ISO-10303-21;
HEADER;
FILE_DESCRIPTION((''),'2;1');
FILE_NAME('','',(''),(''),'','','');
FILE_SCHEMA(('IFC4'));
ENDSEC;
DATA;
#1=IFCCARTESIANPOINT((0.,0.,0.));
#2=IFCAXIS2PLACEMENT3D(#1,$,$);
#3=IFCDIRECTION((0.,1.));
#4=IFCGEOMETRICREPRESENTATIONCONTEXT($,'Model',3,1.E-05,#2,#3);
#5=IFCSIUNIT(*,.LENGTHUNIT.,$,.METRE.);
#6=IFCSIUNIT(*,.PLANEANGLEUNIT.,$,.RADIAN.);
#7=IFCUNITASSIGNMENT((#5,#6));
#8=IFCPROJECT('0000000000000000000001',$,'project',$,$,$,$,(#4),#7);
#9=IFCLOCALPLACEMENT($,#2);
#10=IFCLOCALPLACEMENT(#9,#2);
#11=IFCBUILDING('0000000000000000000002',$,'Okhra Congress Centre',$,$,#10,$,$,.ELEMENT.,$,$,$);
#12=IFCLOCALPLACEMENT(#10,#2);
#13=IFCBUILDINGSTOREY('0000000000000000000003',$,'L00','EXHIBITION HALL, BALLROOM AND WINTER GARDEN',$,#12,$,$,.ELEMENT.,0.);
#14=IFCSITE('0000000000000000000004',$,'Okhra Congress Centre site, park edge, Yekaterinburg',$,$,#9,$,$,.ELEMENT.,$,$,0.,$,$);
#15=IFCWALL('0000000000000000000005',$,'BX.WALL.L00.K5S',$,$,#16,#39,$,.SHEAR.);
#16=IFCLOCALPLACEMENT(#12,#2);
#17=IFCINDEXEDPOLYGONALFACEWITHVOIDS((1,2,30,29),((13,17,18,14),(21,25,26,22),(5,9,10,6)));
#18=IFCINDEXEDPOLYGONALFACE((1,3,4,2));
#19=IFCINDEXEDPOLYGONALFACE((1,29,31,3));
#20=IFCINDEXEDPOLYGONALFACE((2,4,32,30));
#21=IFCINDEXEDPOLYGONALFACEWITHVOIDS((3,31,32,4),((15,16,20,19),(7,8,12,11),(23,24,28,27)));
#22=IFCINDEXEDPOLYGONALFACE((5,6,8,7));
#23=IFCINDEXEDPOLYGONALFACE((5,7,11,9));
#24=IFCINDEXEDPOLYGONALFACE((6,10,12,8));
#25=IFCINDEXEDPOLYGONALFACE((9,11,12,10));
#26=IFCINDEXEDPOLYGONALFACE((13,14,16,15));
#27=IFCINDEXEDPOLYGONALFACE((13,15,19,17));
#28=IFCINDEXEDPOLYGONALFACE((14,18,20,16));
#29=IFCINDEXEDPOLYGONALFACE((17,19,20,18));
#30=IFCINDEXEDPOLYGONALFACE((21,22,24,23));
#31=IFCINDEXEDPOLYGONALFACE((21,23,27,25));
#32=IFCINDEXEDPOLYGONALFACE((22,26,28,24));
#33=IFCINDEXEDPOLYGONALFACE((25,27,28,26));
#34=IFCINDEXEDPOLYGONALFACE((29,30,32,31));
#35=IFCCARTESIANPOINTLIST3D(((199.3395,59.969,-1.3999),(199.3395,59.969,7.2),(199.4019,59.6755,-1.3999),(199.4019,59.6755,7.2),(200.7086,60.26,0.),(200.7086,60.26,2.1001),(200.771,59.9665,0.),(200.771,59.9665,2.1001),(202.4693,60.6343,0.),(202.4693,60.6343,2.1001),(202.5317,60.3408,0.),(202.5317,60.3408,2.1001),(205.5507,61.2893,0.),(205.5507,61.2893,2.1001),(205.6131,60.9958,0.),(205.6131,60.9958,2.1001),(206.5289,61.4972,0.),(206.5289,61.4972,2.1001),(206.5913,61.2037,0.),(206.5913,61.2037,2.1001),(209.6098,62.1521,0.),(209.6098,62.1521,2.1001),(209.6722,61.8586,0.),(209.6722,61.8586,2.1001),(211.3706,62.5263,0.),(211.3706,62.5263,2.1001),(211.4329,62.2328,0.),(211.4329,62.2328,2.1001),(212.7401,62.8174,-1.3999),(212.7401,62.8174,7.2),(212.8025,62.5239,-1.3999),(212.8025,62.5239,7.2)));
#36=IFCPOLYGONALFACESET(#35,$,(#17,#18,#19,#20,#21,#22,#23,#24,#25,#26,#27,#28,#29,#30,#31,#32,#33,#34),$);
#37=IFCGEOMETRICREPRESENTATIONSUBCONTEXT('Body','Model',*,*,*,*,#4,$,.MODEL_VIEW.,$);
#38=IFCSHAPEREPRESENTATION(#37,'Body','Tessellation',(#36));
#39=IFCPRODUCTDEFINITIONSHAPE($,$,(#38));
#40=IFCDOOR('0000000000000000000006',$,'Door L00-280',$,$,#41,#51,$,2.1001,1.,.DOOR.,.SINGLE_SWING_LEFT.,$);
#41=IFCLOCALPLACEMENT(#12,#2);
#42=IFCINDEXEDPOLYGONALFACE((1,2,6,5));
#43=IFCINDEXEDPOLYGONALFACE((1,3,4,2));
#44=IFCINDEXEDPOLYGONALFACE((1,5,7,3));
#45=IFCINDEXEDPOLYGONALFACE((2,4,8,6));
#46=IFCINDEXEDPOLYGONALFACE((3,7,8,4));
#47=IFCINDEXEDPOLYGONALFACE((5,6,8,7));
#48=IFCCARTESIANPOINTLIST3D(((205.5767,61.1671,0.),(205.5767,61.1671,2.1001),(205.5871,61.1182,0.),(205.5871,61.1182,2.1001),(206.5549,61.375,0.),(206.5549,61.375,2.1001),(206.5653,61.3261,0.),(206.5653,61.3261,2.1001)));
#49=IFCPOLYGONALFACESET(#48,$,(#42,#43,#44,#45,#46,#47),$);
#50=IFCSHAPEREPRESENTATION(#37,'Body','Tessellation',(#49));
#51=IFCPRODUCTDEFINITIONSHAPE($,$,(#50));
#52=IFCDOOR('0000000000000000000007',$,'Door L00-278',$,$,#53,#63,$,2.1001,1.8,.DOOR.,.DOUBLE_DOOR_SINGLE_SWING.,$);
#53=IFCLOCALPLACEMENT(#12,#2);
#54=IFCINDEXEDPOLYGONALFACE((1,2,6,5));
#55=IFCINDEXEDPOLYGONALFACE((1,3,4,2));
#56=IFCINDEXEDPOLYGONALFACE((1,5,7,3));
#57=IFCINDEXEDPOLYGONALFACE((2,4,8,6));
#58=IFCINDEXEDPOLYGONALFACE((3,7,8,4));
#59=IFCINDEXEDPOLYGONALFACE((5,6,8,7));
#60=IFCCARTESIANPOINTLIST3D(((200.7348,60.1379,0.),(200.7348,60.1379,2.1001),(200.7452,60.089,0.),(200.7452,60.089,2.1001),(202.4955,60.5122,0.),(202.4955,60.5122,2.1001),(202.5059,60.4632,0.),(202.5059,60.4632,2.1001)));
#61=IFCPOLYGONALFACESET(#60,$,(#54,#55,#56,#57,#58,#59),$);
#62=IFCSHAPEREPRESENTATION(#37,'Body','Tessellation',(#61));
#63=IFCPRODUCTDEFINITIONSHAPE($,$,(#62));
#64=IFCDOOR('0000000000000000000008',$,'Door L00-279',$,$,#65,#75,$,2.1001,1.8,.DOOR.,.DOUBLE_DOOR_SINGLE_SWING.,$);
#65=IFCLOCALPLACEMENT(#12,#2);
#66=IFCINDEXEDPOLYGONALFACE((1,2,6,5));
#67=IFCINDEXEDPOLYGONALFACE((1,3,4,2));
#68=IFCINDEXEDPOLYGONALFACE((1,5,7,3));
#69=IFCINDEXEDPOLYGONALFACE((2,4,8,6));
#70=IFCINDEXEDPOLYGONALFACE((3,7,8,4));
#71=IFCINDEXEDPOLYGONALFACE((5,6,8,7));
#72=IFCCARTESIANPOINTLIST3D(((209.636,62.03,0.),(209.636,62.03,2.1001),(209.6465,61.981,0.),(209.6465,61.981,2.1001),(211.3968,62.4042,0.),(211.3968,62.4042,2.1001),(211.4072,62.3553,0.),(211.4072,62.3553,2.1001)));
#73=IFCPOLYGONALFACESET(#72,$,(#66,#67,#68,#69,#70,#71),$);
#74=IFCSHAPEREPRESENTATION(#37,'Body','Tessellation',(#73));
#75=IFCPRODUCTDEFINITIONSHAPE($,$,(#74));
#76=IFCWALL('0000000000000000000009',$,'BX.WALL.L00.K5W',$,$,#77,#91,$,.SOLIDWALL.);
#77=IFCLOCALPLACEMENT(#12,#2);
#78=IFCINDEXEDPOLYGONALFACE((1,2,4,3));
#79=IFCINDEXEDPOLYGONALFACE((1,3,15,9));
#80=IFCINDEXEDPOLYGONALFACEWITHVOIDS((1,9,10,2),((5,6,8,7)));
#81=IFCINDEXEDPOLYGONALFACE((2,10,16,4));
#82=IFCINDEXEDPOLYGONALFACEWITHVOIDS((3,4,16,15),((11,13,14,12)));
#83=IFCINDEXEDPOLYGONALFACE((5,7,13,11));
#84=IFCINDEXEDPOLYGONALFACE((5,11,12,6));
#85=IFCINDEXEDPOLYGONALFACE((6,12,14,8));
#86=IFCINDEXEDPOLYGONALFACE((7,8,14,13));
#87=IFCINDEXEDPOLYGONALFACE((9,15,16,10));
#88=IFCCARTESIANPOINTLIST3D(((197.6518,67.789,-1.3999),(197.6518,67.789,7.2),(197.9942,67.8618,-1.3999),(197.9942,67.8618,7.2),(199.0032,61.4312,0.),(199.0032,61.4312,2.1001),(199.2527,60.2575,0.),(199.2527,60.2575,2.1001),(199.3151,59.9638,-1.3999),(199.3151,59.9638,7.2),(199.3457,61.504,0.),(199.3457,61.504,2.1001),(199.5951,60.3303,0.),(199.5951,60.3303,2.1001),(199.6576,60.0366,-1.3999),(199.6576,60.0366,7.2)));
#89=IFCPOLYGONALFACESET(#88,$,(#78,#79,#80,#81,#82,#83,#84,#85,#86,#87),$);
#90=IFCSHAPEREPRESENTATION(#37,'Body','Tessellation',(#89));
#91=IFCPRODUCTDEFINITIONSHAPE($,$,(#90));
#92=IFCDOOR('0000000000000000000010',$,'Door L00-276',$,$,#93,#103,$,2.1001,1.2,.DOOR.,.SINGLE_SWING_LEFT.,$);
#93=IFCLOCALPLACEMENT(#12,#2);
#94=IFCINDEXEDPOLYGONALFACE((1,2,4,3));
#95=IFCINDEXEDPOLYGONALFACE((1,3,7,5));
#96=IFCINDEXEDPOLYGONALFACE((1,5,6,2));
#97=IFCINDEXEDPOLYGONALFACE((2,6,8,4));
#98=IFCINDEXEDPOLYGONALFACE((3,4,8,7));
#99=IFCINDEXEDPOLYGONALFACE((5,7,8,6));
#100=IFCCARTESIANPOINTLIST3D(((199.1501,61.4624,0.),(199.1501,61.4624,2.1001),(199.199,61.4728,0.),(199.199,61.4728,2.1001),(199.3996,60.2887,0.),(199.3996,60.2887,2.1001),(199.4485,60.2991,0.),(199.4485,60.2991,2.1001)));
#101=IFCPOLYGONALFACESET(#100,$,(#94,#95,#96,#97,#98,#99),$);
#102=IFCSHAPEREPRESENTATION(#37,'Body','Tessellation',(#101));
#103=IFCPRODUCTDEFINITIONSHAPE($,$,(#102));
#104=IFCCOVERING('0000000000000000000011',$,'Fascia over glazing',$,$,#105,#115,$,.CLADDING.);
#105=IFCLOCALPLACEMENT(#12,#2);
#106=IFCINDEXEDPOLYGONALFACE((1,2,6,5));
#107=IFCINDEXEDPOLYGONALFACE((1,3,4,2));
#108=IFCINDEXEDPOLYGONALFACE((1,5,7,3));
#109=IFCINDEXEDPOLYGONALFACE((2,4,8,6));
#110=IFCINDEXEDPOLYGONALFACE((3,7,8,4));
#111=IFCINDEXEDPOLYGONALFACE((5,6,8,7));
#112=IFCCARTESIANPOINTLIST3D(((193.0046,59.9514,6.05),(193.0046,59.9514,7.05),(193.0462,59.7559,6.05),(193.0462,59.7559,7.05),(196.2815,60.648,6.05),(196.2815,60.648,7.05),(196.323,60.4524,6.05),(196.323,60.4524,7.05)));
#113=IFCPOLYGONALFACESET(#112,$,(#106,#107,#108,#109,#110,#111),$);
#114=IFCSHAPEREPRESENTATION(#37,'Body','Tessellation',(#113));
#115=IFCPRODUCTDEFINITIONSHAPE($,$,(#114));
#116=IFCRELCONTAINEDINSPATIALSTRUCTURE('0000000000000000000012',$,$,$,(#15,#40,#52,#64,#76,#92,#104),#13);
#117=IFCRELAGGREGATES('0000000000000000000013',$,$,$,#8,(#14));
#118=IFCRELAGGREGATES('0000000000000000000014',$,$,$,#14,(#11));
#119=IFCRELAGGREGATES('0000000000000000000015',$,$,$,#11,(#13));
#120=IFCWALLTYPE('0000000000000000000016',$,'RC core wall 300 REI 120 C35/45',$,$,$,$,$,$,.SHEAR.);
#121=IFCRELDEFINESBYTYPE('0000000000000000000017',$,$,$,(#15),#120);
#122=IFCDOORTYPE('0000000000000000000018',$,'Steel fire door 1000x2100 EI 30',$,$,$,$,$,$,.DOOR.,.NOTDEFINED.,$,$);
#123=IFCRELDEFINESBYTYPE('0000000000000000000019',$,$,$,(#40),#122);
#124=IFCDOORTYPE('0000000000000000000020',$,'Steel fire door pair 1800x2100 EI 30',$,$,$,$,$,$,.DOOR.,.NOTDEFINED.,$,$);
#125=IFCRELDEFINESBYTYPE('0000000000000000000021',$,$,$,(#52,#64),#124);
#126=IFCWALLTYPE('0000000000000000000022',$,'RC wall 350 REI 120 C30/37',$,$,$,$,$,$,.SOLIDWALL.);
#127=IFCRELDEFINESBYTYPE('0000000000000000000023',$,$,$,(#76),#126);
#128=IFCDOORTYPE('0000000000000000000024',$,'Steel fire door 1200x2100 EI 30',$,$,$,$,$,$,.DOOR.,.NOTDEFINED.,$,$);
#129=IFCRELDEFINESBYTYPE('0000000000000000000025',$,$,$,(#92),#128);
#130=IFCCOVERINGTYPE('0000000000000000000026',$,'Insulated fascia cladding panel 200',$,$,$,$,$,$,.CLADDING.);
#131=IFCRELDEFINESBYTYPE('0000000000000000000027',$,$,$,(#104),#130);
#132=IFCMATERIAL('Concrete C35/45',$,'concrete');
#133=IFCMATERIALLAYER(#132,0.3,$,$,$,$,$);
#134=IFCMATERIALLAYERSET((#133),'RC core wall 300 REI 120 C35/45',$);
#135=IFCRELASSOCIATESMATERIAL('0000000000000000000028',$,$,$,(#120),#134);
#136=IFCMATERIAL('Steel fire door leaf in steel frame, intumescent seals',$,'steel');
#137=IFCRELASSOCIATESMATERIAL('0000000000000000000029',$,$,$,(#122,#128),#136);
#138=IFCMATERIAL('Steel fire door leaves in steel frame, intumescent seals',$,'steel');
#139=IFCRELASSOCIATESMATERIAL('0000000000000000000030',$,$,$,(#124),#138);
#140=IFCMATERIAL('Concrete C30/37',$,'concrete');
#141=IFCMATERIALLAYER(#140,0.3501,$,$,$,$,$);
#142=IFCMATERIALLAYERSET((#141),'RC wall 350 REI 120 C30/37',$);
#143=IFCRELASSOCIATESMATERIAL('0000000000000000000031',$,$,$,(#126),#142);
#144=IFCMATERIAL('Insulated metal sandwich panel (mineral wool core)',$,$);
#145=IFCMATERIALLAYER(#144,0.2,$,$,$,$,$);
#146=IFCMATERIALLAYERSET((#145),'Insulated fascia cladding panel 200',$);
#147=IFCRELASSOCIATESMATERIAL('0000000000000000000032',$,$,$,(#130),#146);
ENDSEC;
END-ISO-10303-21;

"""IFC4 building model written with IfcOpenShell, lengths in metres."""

from ifc_helpers import new_model, si_unit, direction, frame, frame_2d, origin, origin_2d, place, context, subcontext, project, spatial, rectangle, extrude, material, layer, layer_set, type_object, element, fill, save


model = new_model("IFC4")

# Units and contexts
model_context = context("Model", 3, precision=1e-05, world=origin(), true_north=direction((0.0, 1.0)))
body_context = subcontext(model_context, "Body", "Model", "MODEL_VIEW")
ifc_project = project(units=[si_unit("LENGTHUNIT", "METRE"), si_unit("PLANEANGLEUNIT", "RADIAN")], contexts=[model_context])

# Site, building, storey
site_placement = place(None, origin())
site = spatial("IfcSite", under=ifc_project, at=site_placement, Name="Okhra Congress Centre site, park edge, Yekaterinburg", CompositionType="ELEMENT", RefElevation=0.0)
building_placement = place(site_placement, origin())
building = spatial("IfcBuilding", under=site, at=building_placement, Name="Okhra Congress Centre", CompositionType="ELEMENT")
storey_placement = place(building_placement, origin())
storey = spatial("IfcBuildingStorey", under=building, at=storey_placement, Name="L00", Description="EXHIBITION HALL, BALLROOM AND WINTER GARDEN", CompositionType="ELEMENT", Elevation=0.0)

# Shared definitions
ifc_material_1 = material(Name="Concrete C30/37", Category="concrete")

# Wall, openings, doors
ifc_material_2 = material(Name="Concrete C35/45", Category="concrete")
ifc_layer_1 = layer(ifc_material_2, 0.3)
ifc_layer_set_1 = layer_set([ifc_layer_1], Name="RC core wall 300 REI 120 C35/45")
wall_type_1 = type_object("IfcWallType", Name="RC core wall 300 REI 120 C35/45", PredefinedType="SHEAR", material=ifc_layer_set_1)
wall_1_placement = place(storey_placement, frame((199.3706, 59.8223, -1.3999), z_axis=(0.0, 0.0, 1.0), x_axis=(0.978148, 0.207911, 0.0)))
wall_1 = element("IfcWall", 1, at=wall_1_placement, inside=storey, type_object=wall_type_1, Name="BX.WALL.L00.K5S", PredefinedType="SHEAR", context=body_context, shape_type="SweptSolid", body=[
    extrude(rectangle(XDim=13.7, YDim=0.3, at=frame_2d((6.8501, 0.0))), origin(), (0.0, 0.0, 1.0), 8.5999),
])
opening_1_placement = place(wall_1_placement, frame((1.3999, 0.0, 1.3999)))
opening_1 = element("IfcOpeningElement", 2, at=opening_1_placement, cuts=wall_1, PredefinedType="OPENING", context=body_context, shape_type="SweptSolid", body=[
    extrude(rectangle(XDim=1.8, YDim=2.1001, at=frame_2d((0.8999, 1.05))), frame((0.0, 0.1599, 0.0), z_axis=(0.0, -1.0, 0.0), x_axis=(1.0, 0.0, 0.0)), (0.0, 0.0, 1.0), 0.3201),
])
opening_2_placement = place(wall_1_placement, frame((10.5, 0.0, 1.3999)))
opening_2 = element("IfcOpeningElement", 3, at=opening_2_placement, cuts=wall_1, PredefinedType="OPENING", context=body_context, shape_type="SweptSolid", body=[
    extrude(rectangle(XDim=1.8, YDim=2.1001, at=frame_2d((0.8999, 1.05))), frame((0.0, 0.1599, 0.0), z_axis=(0.0, -1.0, 0.0), x_axis=(1.0, 0.0, 0.0)), (0.0, 0.0, 1.0), 0.3201),
])
opening_3_placement = place(wall_1_placement, frame((6.3501, 0.0, 1.3999)))
opening_3 = element("IfcOpeningElement", 4, at=opening_3_placement, cuts=wall_1, PredefinedType="OPENING", context=body_context, shape_type="SweptSolid", body=[
    extrude(rectangle(XDim=1.0, YDim=2.1001, at=frame_2d((0.5, 1.05))), frame((0.0, 0.1599, 0.0), z_axis=(0.0, -1.0, 0.0), x_axis=(1.0, 0.0, 0.0)), (0.0, 0.0, 1.0), 0.3201),
])
ifc_material_3 = material(Name="Steel fire door leaf in steel frame, intumescent seals", Category="steel")
door_type_1 = type_object("IfcDoorType", Name="Steel fire door 1000x2100 EI 30", OperationType="NOTDEFINED", PredefinedType="DOOR", material=ifc_material_3)
door_1_placement = place(opening_3_placement, frame((1.0, 0.0, 0.0), z_axis=(0.0, 0.0, 1.0), x_axis=(-1.0, 0.0, 0.0)))
door_1 = element("IfcDoor", 5, at=door_1_placement, inside=storey, type_object=door_type_1, Name="Door L00-280", OperationType="SINGLE_SWING_LEFT", OverallHeight=2.1001, OverallWidth=1.0, PredefinedType="DOOR", context=body_context, shape_type="SweptSolid", body=[
    extrude(rectangle(XDim=1.0, YDim=2.1001, at=frame_2d((0.5, 1.05))), frame((0.0, 0.0249, 0.0), z_axis=(0.0, -1.0, 0.0), x_axis=(1.0, 0.0, 0.0)), (0.0, 0.0, 1.0), 0.05),
])
fill(opening_3, door_1)
ifc_material_4 = material(Name="Steel fire door leaves in steel frame, intumescent seals", Category="steel")
door_type_2 = type_object("IfcDoorType", Name="Steel fire door pair 1800x2100 EI 30", OperationType="NOTDEFINED", PredefinedType="DOOR", material=ifc_material_4)
door_2_placement = place(opening_1_placement, frame((1.8, 0.0, 0.0), z_axis=(0.0, 0.0, 1.0), x_axis=(-1.0, 0.0, 0.0)))
door_2 = element("IfcDoor", 6, at=door_2_placement, inside=storey, type_object=door_type_2, Name="Door L00-278", OperationType="DOUBLE_DOOR_SINGLE_SWING", OverallHeight=2.1001, OverallWidth=1.8, PredefinedType="DOOR", context=body_context, shape_type="SweptSolid", body=[
    extrude(rectangle(XDim=1.8, YDim=2.1001, at=frame_2d((0.8999, 1.05))), frame((0.0, 0.0249, 0.0), z_axis=(0.0, -1.0, 0.0), x_axis=(1.0, 0.0, 0.0)), (0.0, 0.0, 1.0), 0.05),
])
fill(opening_1, door_2)
door_3_placement = place(opening_2_placement, frame((1.8, 0.0, 0.0), z_axis=(0.0, 0.0, 1.0), x_axis=(-1.0, 0.0, 0.0)))
door_3 = element("IfcDoor", 7, at=door_3_placement, inside=storey, type_object=door_type_2, Name="Door L00-279", OperationType="DOUBLE_DOOR_SINGLE_SWING", OverallHeight=2.1001, OverallWidth=1.8, PredefinedType="DOOR", context=body_context, shape_type="SweptSolid", body=[
    extrude(rectangle(XDim=1.8, YDim=2.1001, at=frame_2d((0.8999, 1.05))), frame((0.0, 0.0249, 0.0), z_axis=(0.0, -1.0, 0.0), x_axis=(1.0, 0.0, 0.0)), (0.0, 0.0, 1.0), 0.05),
])
fill(opening_2, door_3)

# Wall, opening, door
ifc_layer_2 = layer(ifc_material_1, 0.3501)
ifc_layer_set_2 = layer_set([ifc_layer_2], Name="RC wall 350 REI 120 C30/37")
wall_type_2 = type_object("IfcWallType", Name="RC wall 350 REI 120 C30/37", PredefinedType="SOLIDWALL", material=ifc_layer_set_2)
wall_2_placement = place(storey_placement, frame((199.4863, 60.0002, -1.3999), z_axis=(0.0, 0.0, 1.0), x_axis=(-0.207916, 0.978147, 0.0)))
wall_2 = element("IfcWall", 8, at=wall_2_placement, inside=storey, type_object=wall_type_2, Name="BX.WALL.L00.K5W", PredefinedType="SOLIDWALL", context=body_context, shape_type="SweptSolid", body=[
    extrude(rectangle(XDim=8.0, YDim=0.3501, at=frame_2d((4.0, 0.0))), origin(), (0.0, 0.0, 1.0), 8.5999),
])
opening_4_placement = place(wall_2_placement, frame((0.3, 0.0, 1.3999)))
opening_4 = element("IfcOpeningElement", 9, at=opening_4_placement, cuts=wall_2, PredefinedType="OPENING", context=body_context, shape_type="SweptSolid", body=[
    extrude(rectangle(XDim=1.2, YDim=2.1001, at=frame_2d((0.6001, 1.05))), frame((0.0, 0.1851, 0.0), z_axis=(0.0, -1.0, 0.0), x_axis=(1.0, 0.0, 0.0)), (0.0, 0.0, 1.0), 0.3701),
])
door_type_3 = type_object("IfcDoorType", Name="Steel fire door 1200x2100 EI 30", OperationType="NOTDEFINED", PredefinedType="DOOR", material=ifc_material_3)
door_4_placement = place(opening_4_placement, origin())
door_4 = element("IfcDoor", 10, at=door_4_placement, inside=storey, type_object=door_type_3, Name="Door L00-276", OperationType="SINGLE_SWING_LEFT", OverallHeight=2.1001, OverallWidth=1.2, PredefinedType="DOOR", context=body_context, shape_type="SweptSolid", body=[
    extrude(rectangle(XDim=1.2, YDim=2.1001, at=frame_2d((0.6001, 1.05))), frame((0.0, 0.0249, 0.0), z_axis=(0.0, -1.0, 0.0), x_axis=(1.0, 0.0, 0.0)), (0.0, 0.0, 1.0), 0.05),
])
fill(opening_4, door_4)

# Covering
ifc_material_5 = material(Name="Insulated metal sandwich panel (mineral wool core)")
ifc_layer_3 = layer(ifc_material_5, 0.2)
ifc_layer_set_3 = layer_set([ifc_layer_3], Name="Insulated fascia cladding panel 200")
covering_type = type_object("IfcCoveringType", Name="Insulated fascia cladding panel 200", PredefinedType="CLADDING", material=ifc_layer_set_3)
covering_placement = place(storey_placement, frame((194.6638, 60.2019, 6.05), z_axis=(0.0, 0.0, 1.0), x_axis=(0.978148, 0.207912, 0.0)))
element("IfcCovering", 11, at=covering_placement, inside=storey, type_object=covering_type, Name="Fascia over glazing", PredefinedType="CLADDING", context=body_context, shape_type="SweptSolid", body=[
    extrude(rectangle(XDim=3.3501, YDim=0.2, at=origin_2d()), origin(), (0.0, 0.0, 1.0), 1.0),
])

save(model, "model.ifc")
